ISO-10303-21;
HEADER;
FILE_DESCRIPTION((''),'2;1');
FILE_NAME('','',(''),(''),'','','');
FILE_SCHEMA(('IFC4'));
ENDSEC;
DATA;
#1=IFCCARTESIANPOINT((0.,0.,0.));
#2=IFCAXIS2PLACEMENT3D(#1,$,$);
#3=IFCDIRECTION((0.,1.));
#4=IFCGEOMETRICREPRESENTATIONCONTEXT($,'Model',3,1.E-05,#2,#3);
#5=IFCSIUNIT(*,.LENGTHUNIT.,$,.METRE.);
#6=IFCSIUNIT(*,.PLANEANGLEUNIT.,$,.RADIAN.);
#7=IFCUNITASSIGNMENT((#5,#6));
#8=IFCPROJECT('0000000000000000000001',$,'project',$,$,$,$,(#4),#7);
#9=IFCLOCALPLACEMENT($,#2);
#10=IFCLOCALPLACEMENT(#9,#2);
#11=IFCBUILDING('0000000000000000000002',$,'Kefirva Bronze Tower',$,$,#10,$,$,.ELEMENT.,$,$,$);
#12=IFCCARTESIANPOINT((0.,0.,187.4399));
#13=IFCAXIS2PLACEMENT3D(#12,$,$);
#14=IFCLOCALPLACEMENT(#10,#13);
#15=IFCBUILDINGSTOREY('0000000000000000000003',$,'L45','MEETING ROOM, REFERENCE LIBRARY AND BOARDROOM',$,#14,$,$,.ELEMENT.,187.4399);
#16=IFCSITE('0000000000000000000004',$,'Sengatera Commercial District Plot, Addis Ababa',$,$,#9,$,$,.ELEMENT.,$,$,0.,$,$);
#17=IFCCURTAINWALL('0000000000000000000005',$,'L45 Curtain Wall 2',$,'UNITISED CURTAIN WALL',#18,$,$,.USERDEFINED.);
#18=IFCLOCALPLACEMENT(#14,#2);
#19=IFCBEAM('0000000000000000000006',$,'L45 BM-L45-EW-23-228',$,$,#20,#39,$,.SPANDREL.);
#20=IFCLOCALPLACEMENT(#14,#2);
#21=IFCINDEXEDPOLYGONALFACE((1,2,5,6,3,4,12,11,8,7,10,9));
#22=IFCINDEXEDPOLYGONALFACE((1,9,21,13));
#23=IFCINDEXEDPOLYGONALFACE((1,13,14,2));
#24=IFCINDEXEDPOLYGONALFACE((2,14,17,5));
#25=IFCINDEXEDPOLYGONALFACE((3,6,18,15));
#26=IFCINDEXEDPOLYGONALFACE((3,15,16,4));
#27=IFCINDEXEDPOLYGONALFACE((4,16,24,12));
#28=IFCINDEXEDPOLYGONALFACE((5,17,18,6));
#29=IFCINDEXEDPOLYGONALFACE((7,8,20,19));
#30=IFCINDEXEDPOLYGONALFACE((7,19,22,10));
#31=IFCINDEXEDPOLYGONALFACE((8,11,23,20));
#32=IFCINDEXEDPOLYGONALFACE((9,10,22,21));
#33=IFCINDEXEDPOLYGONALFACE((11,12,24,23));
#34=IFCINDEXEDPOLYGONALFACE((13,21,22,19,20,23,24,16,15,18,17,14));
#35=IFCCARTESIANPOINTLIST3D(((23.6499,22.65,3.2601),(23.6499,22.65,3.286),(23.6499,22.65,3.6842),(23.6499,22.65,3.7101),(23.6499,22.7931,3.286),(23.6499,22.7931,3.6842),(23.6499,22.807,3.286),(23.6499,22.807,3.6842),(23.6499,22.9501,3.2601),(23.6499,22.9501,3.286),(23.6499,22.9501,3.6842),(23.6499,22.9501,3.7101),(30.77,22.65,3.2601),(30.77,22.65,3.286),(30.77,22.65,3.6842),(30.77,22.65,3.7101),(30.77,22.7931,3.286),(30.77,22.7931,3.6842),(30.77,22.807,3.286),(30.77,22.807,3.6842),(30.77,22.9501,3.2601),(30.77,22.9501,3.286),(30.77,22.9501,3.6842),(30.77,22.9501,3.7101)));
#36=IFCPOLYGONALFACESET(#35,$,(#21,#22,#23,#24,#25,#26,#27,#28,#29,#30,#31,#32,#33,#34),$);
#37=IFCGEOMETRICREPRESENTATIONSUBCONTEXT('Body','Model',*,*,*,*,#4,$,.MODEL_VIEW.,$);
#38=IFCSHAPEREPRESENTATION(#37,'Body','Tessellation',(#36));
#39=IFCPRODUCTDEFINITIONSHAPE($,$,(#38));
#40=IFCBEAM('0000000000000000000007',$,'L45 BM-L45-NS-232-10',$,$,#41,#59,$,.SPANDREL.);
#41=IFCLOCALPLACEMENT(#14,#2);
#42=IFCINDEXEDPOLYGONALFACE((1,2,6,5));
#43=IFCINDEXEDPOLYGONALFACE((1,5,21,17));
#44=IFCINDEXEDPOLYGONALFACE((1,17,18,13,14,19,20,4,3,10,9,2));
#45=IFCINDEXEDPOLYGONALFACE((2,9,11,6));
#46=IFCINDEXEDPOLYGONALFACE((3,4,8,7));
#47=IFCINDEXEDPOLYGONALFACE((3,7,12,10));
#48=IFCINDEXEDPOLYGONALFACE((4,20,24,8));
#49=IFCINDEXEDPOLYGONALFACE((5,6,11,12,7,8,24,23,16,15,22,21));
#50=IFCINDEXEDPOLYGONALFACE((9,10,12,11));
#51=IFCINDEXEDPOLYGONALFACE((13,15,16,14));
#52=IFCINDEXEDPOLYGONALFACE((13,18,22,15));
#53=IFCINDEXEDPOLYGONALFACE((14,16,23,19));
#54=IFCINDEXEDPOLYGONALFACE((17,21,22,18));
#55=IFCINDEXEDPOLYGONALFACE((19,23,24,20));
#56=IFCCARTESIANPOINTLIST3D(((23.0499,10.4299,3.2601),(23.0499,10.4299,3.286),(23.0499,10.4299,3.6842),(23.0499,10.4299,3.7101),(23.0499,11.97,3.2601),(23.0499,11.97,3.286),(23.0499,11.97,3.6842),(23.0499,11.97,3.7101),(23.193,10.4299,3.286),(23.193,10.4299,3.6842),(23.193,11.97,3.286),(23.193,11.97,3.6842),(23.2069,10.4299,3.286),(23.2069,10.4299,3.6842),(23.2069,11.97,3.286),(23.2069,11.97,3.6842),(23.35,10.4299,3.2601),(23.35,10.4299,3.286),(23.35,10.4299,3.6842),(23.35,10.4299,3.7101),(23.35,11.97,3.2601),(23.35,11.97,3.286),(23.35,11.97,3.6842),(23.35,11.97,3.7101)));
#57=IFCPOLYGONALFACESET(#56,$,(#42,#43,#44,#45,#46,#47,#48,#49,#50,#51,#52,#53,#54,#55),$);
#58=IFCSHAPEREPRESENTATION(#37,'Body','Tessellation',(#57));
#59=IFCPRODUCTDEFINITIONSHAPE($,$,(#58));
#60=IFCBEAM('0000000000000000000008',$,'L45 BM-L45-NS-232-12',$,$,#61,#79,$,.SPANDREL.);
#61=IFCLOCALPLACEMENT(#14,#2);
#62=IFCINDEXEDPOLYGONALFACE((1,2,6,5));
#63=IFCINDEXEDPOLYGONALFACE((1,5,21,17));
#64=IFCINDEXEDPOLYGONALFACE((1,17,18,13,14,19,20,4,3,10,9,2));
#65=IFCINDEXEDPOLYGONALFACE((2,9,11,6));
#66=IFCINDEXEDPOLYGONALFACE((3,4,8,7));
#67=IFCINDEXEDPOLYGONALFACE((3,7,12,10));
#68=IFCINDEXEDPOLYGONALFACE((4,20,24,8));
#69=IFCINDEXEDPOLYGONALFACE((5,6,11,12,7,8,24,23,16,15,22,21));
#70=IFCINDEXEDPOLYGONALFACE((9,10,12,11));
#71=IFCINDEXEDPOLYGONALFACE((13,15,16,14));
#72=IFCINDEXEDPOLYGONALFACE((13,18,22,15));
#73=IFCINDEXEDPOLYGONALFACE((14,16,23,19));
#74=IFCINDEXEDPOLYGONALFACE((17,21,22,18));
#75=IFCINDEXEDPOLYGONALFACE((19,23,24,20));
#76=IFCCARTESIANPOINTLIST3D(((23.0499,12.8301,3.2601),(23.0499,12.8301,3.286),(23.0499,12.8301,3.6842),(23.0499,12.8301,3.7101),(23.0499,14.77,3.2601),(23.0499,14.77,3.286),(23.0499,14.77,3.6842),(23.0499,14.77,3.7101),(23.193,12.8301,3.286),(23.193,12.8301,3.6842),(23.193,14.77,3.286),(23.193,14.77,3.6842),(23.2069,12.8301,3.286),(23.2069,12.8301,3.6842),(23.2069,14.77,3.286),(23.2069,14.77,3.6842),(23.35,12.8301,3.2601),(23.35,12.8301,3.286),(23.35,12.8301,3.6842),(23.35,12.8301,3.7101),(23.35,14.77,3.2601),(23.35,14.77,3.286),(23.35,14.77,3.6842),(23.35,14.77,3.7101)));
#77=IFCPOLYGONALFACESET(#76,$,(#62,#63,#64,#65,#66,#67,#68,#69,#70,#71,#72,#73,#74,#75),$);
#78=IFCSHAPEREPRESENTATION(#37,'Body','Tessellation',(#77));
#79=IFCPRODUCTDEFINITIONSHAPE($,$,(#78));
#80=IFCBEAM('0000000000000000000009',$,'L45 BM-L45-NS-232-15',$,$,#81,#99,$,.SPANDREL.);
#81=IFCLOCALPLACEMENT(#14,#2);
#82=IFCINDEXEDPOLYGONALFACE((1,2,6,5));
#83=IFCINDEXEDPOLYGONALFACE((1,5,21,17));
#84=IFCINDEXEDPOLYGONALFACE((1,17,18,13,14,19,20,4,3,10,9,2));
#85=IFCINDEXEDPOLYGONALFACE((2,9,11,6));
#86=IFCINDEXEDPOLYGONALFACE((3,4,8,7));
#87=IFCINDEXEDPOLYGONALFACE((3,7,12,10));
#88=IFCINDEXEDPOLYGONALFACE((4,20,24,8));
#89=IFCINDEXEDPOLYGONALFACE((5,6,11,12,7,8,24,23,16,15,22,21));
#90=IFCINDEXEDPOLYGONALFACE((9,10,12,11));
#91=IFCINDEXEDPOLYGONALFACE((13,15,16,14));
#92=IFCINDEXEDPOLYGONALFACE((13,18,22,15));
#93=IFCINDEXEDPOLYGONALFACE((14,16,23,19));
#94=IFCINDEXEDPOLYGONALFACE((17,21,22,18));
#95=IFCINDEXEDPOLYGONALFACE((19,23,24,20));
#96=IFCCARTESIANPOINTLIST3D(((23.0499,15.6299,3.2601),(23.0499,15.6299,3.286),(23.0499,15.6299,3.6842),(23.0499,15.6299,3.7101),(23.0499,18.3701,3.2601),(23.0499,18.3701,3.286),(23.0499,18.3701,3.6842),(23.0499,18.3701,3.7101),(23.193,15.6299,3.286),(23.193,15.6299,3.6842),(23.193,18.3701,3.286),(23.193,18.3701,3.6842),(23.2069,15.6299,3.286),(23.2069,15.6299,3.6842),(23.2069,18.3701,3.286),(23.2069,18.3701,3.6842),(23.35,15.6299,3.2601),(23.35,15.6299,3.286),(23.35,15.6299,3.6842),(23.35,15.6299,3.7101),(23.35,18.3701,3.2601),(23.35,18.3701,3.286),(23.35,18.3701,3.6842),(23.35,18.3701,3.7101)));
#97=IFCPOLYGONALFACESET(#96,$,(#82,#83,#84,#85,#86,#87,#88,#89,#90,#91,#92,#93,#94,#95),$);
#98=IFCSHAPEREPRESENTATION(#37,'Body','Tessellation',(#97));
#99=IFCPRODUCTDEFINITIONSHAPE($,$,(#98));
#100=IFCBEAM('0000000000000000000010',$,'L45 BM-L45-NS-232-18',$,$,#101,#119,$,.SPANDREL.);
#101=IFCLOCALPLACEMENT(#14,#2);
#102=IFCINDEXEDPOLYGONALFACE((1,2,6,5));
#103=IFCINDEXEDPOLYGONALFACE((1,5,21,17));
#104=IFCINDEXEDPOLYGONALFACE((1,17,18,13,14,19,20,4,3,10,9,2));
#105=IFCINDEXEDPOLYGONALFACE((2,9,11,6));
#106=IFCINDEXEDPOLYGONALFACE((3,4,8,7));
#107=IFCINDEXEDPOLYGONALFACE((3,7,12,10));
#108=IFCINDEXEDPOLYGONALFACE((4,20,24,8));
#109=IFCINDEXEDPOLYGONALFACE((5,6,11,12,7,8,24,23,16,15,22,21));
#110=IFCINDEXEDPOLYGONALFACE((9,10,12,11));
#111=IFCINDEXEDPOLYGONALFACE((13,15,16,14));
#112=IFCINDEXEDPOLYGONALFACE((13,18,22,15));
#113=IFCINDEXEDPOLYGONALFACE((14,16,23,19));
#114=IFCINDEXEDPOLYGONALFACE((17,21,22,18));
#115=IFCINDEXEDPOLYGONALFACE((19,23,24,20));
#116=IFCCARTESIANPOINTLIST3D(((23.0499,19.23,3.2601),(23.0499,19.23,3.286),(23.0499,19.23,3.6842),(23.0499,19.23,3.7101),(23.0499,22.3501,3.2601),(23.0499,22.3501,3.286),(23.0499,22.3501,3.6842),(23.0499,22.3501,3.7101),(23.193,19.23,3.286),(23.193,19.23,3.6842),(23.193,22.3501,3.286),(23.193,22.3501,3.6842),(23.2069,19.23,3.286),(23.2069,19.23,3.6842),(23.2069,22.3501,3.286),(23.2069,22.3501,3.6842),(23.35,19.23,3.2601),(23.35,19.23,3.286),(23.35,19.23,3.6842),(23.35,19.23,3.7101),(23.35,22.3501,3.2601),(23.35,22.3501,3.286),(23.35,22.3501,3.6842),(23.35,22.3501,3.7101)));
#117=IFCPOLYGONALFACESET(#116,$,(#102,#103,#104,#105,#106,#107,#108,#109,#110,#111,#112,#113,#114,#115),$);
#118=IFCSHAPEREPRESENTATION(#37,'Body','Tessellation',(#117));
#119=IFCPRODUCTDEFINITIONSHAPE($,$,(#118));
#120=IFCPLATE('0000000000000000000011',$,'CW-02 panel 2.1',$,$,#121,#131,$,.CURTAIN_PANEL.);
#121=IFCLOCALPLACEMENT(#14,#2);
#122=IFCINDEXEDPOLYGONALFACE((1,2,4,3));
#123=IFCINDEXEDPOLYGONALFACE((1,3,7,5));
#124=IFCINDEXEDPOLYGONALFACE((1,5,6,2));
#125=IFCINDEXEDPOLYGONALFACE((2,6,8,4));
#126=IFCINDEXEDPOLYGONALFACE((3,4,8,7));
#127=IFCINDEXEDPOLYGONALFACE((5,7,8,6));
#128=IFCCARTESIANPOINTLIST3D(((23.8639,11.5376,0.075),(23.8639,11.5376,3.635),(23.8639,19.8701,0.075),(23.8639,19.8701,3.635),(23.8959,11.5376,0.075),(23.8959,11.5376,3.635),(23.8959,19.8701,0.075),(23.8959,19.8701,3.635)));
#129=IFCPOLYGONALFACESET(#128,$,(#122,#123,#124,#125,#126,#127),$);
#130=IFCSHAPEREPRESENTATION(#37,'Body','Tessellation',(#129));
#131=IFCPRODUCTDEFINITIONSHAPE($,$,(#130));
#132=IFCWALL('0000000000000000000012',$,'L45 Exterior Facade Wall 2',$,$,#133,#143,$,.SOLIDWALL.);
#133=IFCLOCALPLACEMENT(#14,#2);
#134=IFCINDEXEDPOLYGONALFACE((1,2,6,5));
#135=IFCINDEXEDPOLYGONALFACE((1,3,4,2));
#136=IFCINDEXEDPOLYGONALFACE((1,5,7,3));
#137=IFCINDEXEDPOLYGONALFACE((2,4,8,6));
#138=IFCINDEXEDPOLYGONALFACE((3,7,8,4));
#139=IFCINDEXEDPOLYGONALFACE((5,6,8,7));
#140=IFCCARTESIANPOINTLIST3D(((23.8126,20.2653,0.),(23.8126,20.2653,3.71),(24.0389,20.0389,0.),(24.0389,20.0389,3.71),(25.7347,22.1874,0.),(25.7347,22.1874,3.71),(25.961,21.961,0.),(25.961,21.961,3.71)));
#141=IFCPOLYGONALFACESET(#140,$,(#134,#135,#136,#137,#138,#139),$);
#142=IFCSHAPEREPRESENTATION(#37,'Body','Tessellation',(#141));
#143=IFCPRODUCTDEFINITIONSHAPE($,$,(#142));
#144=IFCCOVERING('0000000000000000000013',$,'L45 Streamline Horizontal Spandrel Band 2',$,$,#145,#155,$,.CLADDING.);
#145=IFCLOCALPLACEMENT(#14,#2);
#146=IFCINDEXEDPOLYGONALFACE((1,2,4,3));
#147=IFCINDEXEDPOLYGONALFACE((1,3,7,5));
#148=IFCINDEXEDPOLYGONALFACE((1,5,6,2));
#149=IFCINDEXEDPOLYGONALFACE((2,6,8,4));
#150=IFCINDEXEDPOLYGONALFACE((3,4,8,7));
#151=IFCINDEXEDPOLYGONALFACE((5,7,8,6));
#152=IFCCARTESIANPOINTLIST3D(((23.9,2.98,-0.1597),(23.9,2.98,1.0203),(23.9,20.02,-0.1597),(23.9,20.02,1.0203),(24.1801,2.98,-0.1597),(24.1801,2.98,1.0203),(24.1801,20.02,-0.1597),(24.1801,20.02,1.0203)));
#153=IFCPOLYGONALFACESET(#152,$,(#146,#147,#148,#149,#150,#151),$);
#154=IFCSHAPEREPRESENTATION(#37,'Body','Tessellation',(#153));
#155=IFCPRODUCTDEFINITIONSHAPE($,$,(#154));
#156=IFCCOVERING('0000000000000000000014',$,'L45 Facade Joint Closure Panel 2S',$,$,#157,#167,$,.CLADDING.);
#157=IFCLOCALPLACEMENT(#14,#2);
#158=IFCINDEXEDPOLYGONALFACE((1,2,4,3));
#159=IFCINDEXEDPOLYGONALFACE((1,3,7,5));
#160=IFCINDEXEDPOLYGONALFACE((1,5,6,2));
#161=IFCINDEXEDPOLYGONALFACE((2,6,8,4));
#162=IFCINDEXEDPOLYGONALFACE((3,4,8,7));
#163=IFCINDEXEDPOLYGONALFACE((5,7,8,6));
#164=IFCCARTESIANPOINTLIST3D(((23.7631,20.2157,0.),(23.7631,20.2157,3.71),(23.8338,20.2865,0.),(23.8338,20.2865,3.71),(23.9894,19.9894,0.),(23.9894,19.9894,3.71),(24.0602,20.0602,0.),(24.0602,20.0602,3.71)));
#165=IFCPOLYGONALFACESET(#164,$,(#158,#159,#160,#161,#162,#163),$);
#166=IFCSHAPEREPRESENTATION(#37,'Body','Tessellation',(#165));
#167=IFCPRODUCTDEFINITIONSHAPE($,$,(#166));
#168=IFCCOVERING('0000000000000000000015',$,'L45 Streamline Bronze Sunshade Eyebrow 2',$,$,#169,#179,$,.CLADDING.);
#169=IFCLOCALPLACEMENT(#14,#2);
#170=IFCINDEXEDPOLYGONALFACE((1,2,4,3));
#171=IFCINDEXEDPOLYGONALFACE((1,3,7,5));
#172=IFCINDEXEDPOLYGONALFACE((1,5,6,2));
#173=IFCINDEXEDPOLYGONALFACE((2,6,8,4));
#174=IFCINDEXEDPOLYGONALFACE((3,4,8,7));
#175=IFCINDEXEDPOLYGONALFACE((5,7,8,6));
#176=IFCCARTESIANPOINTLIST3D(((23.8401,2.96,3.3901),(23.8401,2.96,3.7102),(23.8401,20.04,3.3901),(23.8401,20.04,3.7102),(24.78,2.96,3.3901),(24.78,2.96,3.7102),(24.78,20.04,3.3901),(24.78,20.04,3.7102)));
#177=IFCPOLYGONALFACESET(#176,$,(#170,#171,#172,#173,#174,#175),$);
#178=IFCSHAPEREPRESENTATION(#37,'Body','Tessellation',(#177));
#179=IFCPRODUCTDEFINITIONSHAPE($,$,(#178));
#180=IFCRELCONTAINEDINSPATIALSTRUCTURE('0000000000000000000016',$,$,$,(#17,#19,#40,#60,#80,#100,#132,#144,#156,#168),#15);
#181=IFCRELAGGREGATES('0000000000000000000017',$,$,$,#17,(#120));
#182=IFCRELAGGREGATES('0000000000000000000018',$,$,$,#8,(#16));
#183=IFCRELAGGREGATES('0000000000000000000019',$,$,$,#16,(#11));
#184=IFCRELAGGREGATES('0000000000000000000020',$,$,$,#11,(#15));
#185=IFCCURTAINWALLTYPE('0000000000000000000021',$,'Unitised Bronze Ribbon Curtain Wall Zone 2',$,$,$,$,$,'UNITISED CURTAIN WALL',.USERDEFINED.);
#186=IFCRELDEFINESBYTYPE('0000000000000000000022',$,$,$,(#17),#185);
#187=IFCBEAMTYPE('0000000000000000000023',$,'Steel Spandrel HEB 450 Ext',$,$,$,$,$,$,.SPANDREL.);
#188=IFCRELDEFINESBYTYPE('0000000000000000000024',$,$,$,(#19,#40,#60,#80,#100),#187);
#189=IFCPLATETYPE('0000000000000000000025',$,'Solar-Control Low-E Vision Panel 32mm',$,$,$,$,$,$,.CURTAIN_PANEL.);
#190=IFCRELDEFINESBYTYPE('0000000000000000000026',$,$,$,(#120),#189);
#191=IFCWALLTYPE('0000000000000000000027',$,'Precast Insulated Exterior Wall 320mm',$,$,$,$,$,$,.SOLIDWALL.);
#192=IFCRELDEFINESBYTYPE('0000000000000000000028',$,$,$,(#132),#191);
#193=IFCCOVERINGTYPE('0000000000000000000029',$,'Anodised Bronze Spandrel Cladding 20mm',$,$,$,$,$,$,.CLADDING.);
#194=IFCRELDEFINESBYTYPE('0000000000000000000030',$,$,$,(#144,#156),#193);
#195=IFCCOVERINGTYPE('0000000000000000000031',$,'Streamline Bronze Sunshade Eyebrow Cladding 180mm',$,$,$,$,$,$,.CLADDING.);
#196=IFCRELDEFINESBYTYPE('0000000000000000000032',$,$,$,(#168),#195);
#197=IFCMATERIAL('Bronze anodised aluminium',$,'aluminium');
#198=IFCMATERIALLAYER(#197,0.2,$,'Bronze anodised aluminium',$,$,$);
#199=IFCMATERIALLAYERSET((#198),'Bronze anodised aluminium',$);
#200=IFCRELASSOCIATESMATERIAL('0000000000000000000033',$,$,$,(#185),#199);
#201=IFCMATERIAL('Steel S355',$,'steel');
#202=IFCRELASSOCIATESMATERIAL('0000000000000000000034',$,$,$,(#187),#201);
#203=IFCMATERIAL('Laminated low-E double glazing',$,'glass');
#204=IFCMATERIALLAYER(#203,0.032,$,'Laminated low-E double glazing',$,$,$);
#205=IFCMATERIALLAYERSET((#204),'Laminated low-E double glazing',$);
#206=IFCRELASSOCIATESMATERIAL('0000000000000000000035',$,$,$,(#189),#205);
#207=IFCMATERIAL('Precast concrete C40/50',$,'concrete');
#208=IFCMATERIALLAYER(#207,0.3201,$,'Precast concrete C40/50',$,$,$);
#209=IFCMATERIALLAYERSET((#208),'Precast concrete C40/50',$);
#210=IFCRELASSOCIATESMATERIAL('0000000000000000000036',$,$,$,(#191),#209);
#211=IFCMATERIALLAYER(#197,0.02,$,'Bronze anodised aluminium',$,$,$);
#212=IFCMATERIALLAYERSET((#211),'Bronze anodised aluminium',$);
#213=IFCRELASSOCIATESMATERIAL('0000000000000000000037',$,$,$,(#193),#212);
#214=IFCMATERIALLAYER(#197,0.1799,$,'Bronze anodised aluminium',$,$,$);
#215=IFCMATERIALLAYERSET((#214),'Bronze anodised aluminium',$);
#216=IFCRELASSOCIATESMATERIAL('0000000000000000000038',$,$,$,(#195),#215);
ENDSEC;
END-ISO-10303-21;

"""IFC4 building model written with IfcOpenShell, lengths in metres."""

from ifc_helpers import new_model, si_unit, direction, frame, frame_2d, origin, origin_2d, place, context, subcontext, project, spatial, rectangle, i_section, extrude, material, layer, layer_set, material_profile, profile_set, type_object, element, aggregate, save


model = new_model("IFC4")

# Units and contexts
model_context = context("Model", 3, precision=1e-05, world=origin(), true_north=direction((0.0, 1.0)))
body_context = subcontext(model_context, "Body", "Model", "MODEL_VIEW")
ifc_project = project(units=[si_unit("LENGTHUNIT", "METRE"), si_unit("PLANEANGLEUNIT", "RADIAN")], contexts=[model_context])

# Site, building, storey
site_placement = place(None, origin())
site = spatial("IfcSite", under=ifc_project, at=site_placement, Name="Sengatera Commercial District Plot, Addis Ababa", CompositionType="ELEMENT", RefElevation=0.0)
building_placement = place(site_placement, origin())
building = spatial("IfcBuilding", under=site, at=building_placement, Name="Kefirva Bronze Tower", CompositionType="ELEMENT")
storey_placement = place(building_placement, frame((0.0, 0.0, 187.4399)))
storey = spatial("IfcBuildingStorey", under=building, at=storey_placement, Name="L45", Description="MEETING ROOM, REFERENCE LIBRARY AND BOARDROOM", CompositionType="ELEMENT", Elevation=187.4399)

# Curtain wall
ifc_material_1 = material(Name="Bronze anodised aluminium", Category="aluminium")
ifc_layer_1 = layer(ifc_material_1, 0.2, Name="Bronze anodised aluminium")
ifc_layer_set_1 = layer_set([ifc_layer_1], Name="Bronze anodised aluminium")
curtain_wall_type = type_object("IfcCurtainWallType", Name="Unitised Bronze Ribbon Curtain Wall Zone 2", ElementType="UNITISED CURTAIN WALL", PredefinedType="USERDEFINED", material=ifc_layer_set_1)
curtain_wall_placement = place(storey_placement, origin())
curtain_wall = element("IfcCurtainWall", 1, at=curtain_wall_placement, inside=storey, type_object=curtain_wall_type, Name="L45 Curtain Wall 2", ObjectType="UNITISED CURTAIN WALL", PredefinedType="USERDEFINED")

# Beams
ifc_material_2 = material(Name="Steel S355", Category="steel")
ifc_material_profile_1 = material_profile(ifc_material_2, i_section(OverallWidth=0.3, OverallDepth=0.45, WebThickness=0.0139, FlangeThickness=0.0259, at=origin_2d()), Name="HEB 450")
ifc_profile_set_1 = profile_set([ifc_material_profile_1], Name="Steel S355")
beam_type_1 = type_object("IfcBeamType", Name="Steel Spandrel HEB 450 Ext", PredefinedType="SPANDREL", material=ifc_profile_set_1)
beam_1_placement = place(storey_placement, frame((23.6499, 22.8, 3.4851), z_axis=(1.0, 0.0, 0.0), x_axis=(0.0, 1.0, 0.0)))
element("IfcBeam", 2, at=beam_1_placement, inside=storey, type_object=beam_type_1, Name="L45 BM-L45-EW-23-228", PredefinedType="SPANDREL", context=body_context, shape_type="SweptSolid", body=[
    extrude(i_section(OverallWidth=0.3, OverallDepth=0.45, WebThickness=0.0139, FlangeThickness=0.0259, at=origin_2d()), origin(), (0.0, 0.0, 1.0), 7.1201),
])
beam_2_placement = place(storey_placement, frame((23.2, 10.4299, 3.4851), z_axis=(0.0, 1.0, 0.0), x_axis=(-1.0, 0.0, 0.0)))
element("IfcBeam", 3, at=beam_2_placement, inside=storey, type_object=beam_type_1, Name="L45 BM-L45-NS-232-10", PredefinedType="SPANDREL", context=body_context, shape_type="SweptSolid", body=[
    extrude(i_section(OverallWidth=0.3, OverallDepth=0.45, WebThickness=0.0139, FlangeThickness=0.0259, at=origin_2d()), origin(), (0.0, 0.0, 1.0), 1.54),
])
beam_3_placement = place(storey_placement, frame((23.2, 12.8301, 3.4851), z_axis=(0.0, 1.0, 0.0), x_axis=(-1.0, 0.0, 0.0)))
element("IfcBeam", 4, at=beam_3_placement, inside=storey, type_object=beam_type_1, Name="L45 BM-L45-NS-232-12", PredefinedType="SPANDREL", context=body_context, shape_type="SweptSolid", body=[
    extrude(i_section(OverallWidth=0.3, OverallDepth=0.45, WebThickness=0.0139, FlangeThickness=0.0259, at=origin_2d()), origin(), (0.0, 0.0, 1.0), 1.9399),
])
beam_4_placement = place(storey_placement, frame((23.2, 15.6299, 3.4851), z_axis=(0.0, 1.0, 0.0), x_axis=(-1.0, 0.0, 0.0)))
element("IfcBeam", 5, at=beam_4_placement, inside=storey, type_object=beam_type_1, Name="L45 BM-L45-NS-232-15", PredefinedType="SPANDREL", context=body_context, shape_type="SweptSolid", body=[
    extrude(i_section(OverallWidth=0.3, OverallDepth=0.45, WebThickness=0.0139, FlangeThickness=0.0259, at=origin_2d()), origin(), (0.0, 0.0, 1.0), 2.7402),
])
beam_5_placement = place(storey_placement, frame((23.2, 19.23, 3.4851), z_axis=(0.0, 1.0, 0.0), x_axis=(-1.0, 0.0, 0.0)))
element("IfcBeam", 6, at=beam_5_placement, inside=storey, type_object=beam_type_1, Name="L45 BM-L45-NS-232-18", PredefinedType="SPANDREL", context=body_context, shape_type="SweptSolid", body=[
    extrude(i_section(OverallWidth=0.3, OverallDepth=0.45, WebThickness=0.0139, FlangeThickness=0.0259, at=origin_2d()), origin(), (0.0, 0.0, 1.0), 3.1201),
])

# Plate
ifc_material_3 = material(Name="Laminated low-E double glazing", Category="glass")
ifc_layer_2 = layer(ifc_material_3, 0.032, Name="Laminated low-E double glazing")
ifc_layer_set_2 = layer_set([ifc_layer_2], Name="Laminated low-E double glazing")
plate_type = type_object("IfcPlateType", Name="Solar-Control Low-E Vision Panel 32mm", PredefinedType="CURTAIN_PANEL", material=ifc_layer_set_2)
plate_placement = place(storey_placement, frame((23.8799, 15.7039, 0.075), z_axis=(0.0, 0.0, 1.0), x_axis=(0.0, 1.0, 0.0)))
plate = element("IfcPlate", 7, at=plate_placement, type_object=plate_type, Name="CW-02 panel 2.1", PredefinedType="CURTAIN_PANEL", context=body_context, shape_type="SweptSolid", body=[
    extrude(rectangle(XDim=8.3325, YDim=0.032, at=origin_2d()), origin(), (0.0, 0.0, 1.0), 3.5601),
])
aggregate(curtain_wall, [plate])

# Wall
ifc_material_4 = material(Name="Precast concrete C40/50", Category="concrete")
ifc_layer_3 = layer(ifc_material_4, 0.3201, Name="Precast concrete C40/50")
ifc_layer_set_3 = layer_set([ifc_layer_3], Name="Precast concrete C40/50")
wall_type = type_object("IfcWallType", Name="Precast Insulated Exterior Wall 320mm", PredefinedType="SOLIDWALL", material=ifc_layer_set_3)
wall_placement = place(storey_placement, frame((23.9258, 20.1521, 0.0), z_axis=(0.0, 0.0, 1.0), x_axis=(0.707107, 0.707107, 0.0)))
element("IfcWall", 8, at=wall_placement, inside=storey, type_object=wall_type, Name="L45 Exterior Facade Wall 2", PredefinedType="SOLIDWALL", context=body_context, shape_type="SweptSolid", body=[
    extrude(rectangle(XDim=2.7183, YDim=0.3201, at=frame_2d((1.3591, 0.0))), origin(), (0.0, 0.0, 1.0), 3.71),
])

# Coverings
ifc_layer_4 = layer(ifc_material_1, 0.02, Name="Bronze anodised aluminium")
ifc_layer_set_4 = layer_set([ifc_layer_4], Name="Bronze anodised aluminium")
covering_type_1 = type_object("IfcCoveringType", Name="Anodised Bronze Spandrel Cladding 20mm", PredefinedType="CLADDING", material=ifc_layer_set_4)
covering_1_placement = place(storey_placement, frame((24.04, 11.5, -0.1597), z_axis=(0.0, 0.0, 1.0), x_axis=(0.0, 1.0, 0.0)))
element("IfcCovering", 9, at=covering_1_placement, inside=storey, type_object=covering_type_1, Name="L45 Streamline Horizontal Spandrel Band 2", PredefinedType="CLADDING", context=body_context, shape_type="SweptSolid", body=[
    extrude(rectangle(XDim=17.04, YDim=0.28, at=origin_2d()), origin(), (0.0, 0.0, 1.0), 1.1799),
])
covering_2_placement = place(storey_placement, frame((23.9116, 20.1379, 0.0), z_axis=(0.0, 0.0, 1.0), x_axis=(0.707107, 0.707107, 0.0)))
element("IfcCovering", 10, at=covering_2_placement, inside=storey, type_object=covering_type_1, Name="L45 Facade Joint Closure Panel 2S", PredefinedType="CLADDING", context=body_context, shape_type="SweptSolid", body=[
    extrude(rectangle(XDim=0.1001, YDim=0.3201, at=origin_2d()), origin(), (0.0, 0.0, 1.0), 3.71),
])
ifc_layer_5 = layer(ifc_material_1, 0.1799, Name="Bronze anodised aluminium")
ifc_layer_set_5 = layer_set([ifc_layer_5], Name="Bronze anodised aluminium")
covering_type_2 = type_object("IfcCoveringType", Name="Streamline Bronze Sunshade Eyebrow Cladding 180mm", PredefinedType="CLADDING", material=ifc_layer_set_5)
covering_3_placement = place(storey_placement, frame((24.3101, 11.5, 3.3901), z_axis=(0.0, 0.0, 1.0), x_axis=(0.0, 1.0, 0.0)))
element("IfcCovering", 11, at=covering_3_placement, inside=storey, type_object=covering_type_2, Name="L45 Streamline Bronze Sunshade Eyebrow 2", PredefinedType="CLADDING", context=body_context, shape_type="SweptSolid", body=[
    extrude(rectangle(XDim=17.0801, YDim=0.9399, at=origin_2d()), origin(), (0.0, 0.0, 1.0), 0.3201),
])

save(model, "model.ifc")
